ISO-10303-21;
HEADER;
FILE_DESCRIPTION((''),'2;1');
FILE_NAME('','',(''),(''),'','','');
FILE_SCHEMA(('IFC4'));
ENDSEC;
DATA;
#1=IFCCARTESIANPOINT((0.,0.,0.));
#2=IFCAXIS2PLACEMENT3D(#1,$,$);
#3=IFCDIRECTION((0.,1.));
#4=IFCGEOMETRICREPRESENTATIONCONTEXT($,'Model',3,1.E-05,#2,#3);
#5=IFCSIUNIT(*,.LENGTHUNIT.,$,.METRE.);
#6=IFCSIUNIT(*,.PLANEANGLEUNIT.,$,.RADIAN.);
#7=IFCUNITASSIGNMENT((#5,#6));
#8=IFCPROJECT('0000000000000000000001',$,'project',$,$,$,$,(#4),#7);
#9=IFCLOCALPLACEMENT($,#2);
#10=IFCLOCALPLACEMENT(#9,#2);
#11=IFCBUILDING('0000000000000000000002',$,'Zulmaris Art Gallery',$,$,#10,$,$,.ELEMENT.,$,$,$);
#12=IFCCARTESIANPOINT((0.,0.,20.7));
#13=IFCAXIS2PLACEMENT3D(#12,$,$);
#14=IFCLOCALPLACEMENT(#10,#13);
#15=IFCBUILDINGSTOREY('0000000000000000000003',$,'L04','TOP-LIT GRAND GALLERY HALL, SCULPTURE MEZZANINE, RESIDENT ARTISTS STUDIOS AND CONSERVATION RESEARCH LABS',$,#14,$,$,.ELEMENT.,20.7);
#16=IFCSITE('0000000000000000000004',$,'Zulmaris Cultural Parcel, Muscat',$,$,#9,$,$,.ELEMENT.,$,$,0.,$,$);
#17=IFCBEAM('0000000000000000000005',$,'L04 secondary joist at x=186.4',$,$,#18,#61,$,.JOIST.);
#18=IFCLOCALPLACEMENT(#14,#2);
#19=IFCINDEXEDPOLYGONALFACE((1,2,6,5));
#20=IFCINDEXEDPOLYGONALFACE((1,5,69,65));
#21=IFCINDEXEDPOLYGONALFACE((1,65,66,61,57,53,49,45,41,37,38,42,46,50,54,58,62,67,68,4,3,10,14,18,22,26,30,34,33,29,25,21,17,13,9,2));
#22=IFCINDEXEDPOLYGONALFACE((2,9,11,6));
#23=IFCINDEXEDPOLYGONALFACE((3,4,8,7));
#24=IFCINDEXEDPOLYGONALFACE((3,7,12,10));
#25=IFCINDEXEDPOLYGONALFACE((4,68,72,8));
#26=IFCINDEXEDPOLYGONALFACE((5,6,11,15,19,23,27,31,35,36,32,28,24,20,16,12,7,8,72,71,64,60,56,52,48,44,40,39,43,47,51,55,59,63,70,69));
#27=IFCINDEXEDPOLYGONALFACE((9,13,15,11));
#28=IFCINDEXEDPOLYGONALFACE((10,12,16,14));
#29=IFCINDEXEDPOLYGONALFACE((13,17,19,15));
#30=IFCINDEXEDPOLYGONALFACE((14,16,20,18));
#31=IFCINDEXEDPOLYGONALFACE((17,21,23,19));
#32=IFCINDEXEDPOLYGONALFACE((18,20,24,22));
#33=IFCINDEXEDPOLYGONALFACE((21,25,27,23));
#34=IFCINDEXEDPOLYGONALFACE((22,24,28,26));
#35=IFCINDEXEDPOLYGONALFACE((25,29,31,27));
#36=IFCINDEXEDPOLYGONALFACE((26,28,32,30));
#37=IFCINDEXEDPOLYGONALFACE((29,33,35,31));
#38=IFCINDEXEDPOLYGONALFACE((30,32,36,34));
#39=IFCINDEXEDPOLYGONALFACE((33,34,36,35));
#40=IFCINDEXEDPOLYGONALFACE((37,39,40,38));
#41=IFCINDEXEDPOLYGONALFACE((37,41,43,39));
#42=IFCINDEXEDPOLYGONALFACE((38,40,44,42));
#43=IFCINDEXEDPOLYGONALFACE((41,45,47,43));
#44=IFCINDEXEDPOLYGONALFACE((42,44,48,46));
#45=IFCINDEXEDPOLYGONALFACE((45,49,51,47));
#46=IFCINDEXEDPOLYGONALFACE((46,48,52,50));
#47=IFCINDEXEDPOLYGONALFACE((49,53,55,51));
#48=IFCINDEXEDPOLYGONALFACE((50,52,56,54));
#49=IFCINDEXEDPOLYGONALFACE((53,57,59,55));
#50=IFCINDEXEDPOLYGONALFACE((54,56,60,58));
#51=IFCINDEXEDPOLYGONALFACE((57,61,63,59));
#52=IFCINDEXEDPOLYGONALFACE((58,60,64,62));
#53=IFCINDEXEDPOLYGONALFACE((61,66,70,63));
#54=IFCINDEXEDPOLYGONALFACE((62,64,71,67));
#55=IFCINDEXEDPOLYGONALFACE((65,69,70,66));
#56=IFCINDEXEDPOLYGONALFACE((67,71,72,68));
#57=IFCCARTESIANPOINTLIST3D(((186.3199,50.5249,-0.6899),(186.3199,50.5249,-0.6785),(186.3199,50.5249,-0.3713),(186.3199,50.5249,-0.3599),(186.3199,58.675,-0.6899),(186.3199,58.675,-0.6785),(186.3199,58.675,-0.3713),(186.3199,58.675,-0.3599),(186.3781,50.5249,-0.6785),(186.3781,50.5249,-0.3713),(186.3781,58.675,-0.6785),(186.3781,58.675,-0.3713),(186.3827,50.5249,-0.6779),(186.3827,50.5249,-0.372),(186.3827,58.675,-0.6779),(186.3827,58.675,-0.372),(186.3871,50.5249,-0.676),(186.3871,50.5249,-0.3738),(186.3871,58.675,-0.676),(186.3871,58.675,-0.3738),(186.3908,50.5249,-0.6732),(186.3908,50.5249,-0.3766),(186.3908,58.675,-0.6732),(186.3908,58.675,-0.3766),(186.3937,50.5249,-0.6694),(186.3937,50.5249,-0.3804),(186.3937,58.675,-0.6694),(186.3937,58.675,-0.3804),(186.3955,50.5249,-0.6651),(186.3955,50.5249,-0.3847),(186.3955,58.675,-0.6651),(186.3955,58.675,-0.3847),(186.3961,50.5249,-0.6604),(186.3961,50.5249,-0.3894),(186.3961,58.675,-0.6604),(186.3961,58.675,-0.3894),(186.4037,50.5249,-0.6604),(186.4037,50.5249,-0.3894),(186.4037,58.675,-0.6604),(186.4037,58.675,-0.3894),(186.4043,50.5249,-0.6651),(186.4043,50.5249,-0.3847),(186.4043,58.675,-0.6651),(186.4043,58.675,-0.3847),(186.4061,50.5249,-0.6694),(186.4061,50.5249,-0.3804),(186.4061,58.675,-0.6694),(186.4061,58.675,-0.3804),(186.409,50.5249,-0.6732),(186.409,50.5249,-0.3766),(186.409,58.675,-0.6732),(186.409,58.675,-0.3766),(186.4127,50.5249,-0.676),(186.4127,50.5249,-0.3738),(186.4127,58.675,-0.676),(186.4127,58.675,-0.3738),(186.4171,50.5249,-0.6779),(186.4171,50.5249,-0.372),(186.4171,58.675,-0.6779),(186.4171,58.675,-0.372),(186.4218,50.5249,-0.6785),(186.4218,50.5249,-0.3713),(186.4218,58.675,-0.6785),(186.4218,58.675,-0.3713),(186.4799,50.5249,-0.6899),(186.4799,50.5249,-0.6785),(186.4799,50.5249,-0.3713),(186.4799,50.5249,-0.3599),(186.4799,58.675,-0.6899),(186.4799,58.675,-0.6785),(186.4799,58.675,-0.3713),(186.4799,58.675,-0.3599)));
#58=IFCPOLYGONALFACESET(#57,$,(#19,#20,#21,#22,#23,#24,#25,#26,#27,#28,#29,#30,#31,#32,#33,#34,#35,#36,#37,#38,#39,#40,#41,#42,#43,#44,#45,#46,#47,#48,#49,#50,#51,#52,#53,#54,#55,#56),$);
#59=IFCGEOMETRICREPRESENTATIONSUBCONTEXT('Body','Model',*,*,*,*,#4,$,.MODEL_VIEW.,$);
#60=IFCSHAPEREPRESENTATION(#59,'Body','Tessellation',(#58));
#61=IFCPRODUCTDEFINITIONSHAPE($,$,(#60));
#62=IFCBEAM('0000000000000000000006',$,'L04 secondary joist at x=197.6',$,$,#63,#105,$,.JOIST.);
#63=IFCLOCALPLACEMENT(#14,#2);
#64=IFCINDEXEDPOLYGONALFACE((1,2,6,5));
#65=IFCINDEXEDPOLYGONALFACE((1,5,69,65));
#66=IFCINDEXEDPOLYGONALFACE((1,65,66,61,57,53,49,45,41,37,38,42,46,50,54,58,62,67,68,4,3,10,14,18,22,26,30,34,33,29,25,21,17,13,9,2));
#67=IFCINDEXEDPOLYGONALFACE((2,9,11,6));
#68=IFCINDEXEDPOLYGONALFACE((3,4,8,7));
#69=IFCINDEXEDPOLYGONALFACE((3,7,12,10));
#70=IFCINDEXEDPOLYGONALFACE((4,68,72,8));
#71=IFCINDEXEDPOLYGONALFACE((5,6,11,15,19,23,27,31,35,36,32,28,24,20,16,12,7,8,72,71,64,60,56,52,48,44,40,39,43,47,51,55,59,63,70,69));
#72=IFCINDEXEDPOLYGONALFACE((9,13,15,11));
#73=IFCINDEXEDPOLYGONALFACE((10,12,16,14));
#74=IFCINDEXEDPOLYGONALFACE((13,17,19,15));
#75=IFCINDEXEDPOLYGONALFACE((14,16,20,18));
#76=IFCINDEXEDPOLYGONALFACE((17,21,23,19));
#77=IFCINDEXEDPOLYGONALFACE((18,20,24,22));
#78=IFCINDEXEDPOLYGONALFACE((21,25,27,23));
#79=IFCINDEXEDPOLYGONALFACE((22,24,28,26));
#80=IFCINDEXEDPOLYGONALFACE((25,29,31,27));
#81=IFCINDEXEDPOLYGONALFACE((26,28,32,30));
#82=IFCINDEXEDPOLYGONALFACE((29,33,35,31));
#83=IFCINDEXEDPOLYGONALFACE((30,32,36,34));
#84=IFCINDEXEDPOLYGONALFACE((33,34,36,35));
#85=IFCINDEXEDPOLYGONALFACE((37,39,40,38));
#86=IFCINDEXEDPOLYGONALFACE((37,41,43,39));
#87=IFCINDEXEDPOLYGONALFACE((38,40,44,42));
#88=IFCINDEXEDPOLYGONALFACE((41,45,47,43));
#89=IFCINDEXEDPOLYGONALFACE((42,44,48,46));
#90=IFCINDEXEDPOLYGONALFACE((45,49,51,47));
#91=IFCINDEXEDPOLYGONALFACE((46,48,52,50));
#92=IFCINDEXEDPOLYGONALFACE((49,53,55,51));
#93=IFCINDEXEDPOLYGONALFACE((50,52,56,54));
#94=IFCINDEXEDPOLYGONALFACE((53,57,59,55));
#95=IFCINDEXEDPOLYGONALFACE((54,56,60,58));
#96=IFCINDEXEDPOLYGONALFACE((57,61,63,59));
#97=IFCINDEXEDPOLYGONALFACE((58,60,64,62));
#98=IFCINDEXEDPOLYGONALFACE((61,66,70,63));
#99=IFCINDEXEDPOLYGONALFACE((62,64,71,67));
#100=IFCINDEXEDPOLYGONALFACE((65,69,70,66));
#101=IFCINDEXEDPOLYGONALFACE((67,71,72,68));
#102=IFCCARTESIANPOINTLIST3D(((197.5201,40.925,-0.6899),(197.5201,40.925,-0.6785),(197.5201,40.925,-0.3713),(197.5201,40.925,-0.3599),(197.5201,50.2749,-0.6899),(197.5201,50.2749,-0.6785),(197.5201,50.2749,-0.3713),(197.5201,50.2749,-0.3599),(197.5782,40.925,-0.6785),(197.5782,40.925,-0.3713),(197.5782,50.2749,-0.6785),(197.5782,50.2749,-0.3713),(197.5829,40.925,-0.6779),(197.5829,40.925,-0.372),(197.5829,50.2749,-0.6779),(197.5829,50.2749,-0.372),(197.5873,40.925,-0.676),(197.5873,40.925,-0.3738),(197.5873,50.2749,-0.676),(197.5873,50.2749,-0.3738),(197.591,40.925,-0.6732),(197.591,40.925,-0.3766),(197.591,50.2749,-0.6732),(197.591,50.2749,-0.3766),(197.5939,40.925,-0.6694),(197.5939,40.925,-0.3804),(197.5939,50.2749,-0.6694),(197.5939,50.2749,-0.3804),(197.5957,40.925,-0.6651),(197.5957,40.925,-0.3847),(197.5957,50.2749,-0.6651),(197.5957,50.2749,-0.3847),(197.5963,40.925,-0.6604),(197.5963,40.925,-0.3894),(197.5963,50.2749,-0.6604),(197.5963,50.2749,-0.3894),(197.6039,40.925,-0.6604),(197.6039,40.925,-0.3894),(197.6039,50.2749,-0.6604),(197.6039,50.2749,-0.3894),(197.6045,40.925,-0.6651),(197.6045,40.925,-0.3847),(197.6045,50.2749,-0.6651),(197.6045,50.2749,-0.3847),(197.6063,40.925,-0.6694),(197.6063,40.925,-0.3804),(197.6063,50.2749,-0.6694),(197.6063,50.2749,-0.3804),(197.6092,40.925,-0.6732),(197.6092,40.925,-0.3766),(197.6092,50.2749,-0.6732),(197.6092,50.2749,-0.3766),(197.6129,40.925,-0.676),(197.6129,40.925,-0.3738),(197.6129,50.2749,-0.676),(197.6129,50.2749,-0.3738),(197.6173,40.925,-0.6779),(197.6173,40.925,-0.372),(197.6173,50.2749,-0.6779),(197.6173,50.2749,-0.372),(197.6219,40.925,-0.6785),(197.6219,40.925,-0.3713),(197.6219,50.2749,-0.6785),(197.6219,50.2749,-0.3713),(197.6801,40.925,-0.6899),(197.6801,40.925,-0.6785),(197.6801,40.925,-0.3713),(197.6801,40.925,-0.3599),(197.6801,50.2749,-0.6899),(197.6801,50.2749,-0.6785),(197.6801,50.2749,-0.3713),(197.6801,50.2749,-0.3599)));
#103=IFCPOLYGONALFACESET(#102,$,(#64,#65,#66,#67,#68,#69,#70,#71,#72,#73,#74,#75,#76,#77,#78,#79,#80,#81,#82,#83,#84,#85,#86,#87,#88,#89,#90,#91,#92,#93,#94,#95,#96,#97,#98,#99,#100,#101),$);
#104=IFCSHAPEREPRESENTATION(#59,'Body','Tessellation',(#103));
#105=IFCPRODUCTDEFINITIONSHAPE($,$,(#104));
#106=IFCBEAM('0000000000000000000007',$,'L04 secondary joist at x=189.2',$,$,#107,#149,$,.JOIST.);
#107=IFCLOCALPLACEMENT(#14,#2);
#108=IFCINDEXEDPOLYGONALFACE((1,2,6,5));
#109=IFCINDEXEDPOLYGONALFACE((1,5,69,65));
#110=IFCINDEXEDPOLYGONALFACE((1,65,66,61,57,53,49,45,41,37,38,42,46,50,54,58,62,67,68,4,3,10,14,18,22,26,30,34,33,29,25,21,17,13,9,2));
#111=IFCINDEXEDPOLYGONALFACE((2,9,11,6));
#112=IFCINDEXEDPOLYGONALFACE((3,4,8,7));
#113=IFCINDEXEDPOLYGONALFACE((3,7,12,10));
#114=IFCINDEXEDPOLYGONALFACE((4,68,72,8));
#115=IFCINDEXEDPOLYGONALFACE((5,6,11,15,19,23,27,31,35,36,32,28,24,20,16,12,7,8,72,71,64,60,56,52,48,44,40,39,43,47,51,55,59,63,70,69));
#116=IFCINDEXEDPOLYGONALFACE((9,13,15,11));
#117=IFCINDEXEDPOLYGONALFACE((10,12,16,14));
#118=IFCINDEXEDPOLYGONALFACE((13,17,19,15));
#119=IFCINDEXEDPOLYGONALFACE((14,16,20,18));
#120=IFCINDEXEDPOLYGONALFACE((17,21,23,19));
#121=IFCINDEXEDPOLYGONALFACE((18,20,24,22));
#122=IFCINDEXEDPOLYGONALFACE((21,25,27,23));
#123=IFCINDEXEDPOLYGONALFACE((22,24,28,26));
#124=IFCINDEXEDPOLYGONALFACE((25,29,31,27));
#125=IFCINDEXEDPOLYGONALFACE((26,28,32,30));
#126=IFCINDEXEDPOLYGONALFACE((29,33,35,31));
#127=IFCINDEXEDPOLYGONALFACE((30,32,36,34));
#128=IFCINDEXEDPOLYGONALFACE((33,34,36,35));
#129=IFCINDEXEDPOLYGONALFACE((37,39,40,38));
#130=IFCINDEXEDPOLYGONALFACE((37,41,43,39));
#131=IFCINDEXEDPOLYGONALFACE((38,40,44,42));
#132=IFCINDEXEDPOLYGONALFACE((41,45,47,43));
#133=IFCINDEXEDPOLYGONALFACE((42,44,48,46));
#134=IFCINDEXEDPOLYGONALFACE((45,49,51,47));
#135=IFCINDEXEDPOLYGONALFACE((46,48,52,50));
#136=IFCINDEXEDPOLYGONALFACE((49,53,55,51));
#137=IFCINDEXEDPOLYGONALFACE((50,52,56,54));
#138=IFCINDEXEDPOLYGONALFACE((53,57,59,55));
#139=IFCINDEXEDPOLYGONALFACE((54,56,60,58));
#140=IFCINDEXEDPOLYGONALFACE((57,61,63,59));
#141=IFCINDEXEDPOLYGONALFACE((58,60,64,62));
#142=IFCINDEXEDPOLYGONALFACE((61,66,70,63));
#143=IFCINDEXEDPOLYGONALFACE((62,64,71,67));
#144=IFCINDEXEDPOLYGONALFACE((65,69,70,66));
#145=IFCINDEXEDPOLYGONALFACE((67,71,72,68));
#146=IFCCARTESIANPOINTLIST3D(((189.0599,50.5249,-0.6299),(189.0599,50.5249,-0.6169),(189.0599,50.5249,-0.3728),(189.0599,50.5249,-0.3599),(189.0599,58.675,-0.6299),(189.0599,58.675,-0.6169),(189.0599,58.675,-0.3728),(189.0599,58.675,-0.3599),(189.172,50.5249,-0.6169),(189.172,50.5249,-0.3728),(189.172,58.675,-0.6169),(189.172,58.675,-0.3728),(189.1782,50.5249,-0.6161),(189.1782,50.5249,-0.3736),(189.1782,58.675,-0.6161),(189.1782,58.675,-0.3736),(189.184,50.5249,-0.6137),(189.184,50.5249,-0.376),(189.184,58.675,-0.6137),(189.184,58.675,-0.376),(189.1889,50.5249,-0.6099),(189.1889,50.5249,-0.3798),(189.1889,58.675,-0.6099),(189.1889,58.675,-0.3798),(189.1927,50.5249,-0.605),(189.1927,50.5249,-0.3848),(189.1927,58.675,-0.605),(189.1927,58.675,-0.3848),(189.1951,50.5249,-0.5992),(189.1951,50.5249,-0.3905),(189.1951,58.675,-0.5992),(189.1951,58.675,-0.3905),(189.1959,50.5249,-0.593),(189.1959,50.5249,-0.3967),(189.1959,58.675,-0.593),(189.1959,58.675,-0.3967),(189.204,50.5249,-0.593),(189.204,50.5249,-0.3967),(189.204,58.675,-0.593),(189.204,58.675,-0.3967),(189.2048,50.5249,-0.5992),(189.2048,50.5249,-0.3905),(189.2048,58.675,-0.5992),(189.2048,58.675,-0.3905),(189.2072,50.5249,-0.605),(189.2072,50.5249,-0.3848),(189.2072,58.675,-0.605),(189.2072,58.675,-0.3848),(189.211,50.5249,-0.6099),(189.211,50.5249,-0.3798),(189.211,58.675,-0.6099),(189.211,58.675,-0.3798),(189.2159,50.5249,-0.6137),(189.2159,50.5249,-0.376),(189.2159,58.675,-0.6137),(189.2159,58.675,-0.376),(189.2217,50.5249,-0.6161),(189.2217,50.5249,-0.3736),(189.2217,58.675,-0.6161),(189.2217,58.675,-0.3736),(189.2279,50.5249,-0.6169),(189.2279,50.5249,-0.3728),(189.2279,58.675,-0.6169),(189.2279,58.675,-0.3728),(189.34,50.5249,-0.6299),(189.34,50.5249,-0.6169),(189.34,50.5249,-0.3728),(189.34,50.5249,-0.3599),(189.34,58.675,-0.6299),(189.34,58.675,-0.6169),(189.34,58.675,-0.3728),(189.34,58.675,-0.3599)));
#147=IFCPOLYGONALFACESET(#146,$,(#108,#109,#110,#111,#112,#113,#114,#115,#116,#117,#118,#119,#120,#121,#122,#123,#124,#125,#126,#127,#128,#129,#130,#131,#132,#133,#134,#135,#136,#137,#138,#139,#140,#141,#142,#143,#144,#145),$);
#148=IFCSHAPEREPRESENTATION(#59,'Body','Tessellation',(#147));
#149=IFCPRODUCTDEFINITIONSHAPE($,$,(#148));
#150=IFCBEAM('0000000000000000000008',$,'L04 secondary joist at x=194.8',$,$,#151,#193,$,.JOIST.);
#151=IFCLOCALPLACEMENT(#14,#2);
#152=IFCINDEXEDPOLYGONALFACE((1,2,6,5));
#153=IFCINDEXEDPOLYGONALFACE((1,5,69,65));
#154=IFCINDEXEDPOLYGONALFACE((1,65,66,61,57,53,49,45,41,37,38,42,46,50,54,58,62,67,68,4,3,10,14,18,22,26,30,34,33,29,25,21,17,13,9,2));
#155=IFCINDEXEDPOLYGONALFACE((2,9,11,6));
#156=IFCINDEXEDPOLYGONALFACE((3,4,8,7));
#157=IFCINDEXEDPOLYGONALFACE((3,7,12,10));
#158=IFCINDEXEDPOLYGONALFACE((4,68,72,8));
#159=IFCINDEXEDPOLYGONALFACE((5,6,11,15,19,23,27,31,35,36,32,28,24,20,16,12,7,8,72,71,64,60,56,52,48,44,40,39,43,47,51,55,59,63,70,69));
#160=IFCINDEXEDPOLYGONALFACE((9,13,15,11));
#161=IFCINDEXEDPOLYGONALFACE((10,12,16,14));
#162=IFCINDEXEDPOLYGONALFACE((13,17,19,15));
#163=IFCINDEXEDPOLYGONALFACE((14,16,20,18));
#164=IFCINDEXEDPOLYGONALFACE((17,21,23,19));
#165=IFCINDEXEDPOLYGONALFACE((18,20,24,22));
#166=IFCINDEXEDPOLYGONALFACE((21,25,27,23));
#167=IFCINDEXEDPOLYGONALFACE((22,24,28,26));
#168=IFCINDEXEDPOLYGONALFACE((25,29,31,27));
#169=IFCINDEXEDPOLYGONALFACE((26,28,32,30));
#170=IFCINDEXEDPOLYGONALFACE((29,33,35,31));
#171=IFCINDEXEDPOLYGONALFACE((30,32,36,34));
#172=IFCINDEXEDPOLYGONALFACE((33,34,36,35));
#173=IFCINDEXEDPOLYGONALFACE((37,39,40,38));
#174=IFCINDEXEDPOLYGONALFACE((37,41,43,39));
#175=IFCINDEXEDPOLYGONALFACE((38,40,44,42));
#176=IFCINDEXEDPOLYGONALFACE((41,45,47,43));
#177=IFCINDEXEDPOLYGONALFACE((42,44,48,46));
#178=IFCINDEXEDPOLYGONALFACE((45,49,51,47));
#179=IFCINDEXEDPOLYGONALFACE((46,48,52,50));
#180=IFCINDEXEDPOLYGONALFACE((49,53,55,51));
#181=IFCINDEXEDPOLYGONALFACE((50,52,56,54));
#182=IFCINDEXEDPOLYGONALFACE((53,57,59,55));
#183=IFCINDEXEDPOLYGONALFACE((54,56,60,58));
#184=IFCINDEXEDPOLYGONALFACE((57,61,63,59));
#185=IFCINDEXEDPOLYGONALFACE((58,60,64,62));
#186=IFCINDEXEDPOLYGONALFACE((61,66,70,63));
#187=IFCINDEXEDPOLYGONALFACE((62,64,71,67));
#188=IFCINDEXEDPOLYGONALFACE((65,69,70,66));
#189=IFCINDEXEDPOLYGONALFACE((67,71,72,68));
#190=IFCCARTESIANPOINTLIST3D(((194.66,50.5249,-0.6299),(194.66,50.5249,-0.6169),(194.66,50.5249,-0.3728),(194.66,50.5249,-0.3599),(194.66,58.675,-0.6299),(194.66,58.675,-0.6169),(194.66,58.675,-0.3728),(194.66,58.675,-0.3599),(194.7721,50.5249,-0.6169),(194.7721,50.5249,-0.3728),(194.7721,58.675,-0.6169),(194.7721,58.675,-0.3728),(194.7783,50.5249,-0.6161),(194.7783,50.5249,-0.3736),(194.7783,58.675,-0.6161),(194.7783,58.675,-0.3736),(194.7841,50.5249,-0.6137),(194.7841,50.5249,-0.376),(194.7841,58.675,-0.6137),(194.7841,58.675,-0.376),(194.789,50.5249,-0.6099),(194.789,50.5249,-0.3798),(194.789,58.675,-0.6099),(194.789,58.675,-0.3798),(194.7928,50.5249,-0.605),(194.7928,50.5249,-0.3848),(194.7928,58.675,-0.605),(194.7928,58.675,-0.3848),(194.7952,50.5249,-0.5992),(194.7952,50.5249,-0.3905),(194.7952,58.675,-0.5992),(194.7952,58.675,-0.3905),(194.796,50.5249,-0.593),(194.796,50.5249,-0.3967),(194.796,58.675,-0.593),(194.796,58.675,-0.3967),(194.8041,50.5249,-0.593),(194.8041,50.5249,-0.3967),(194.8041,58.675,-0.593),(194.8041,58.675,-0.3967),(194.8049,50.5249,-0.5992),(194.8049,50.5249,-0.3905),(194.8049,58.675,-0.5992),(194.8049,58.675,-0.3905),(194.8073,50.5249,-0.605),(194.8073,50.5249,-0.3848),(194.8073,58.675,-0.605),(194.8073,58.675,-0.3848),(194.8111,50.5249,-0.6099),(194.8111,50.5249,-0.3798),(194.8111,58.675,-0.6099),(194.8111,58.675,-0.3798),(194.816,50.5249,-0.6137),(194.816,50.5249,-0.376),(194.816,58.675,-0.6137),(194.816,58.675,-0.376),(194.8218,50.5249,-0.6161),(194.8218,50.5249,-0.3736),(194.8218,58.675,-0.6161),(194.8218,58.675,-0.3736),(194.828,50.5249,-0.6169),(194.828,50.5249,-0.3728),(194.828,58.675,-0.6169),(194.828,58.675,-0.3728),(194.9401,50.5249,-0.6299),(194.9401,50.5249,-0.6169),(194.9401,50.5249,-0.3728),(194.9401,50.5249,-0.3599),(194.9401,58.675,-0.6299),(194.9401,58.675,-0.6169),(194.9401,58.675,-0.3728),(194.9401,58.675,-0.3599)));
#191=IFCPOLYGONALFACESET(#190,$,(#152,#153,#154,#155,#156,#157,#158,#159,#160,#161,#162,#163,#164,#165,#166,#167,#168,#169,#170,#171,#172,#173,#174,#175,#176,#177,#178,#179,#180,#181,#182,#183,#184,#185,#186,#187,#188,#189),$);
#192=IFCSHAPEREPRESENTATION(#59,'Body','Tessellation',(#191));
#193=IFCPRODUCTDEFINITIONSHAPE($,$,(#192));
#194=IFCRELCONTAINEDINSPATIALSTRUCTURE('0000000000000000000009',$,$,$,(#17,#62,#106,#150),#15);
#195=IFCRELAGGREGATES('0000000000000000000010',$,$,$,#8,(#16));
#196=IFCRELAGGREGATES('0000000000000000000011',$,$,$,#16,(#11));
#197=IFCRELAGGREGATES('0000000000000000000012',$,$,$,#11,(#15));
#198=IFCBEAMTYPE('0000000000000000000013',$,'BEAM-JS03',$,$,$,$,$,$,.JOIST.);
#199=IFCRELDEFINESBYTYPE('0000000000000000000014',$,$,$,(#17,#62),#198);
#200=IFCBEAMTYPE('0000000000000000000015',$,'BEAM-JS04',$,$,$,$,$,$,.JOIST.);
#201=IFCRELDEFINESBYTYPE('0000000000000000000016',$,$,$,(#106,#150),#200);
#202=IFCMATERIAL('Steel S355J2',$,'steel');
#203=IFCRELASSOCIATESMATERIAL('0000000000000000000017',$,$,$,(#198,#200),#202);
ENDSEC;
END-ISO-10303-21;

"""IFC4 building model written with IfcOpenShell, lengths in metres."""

from ifc_helpers import new_model, si_unit, direction, frame, origin, origin_2d, place, context, subcontext, project, spatial, i_section, extrude, material, material_profile, profile_set, type_object, element, save


model = new_model("IFC4")

# Units and contexts
model_context = context("Model", 3, precision=1e-05, world=origin(), true_north=direction((0.0, 1.0)))
body_context = subcontext(model_context, "Body", "Model", "MODEL_VIEW")
ifc_project = project(units=[si_unit("LENGTHUNIT", "METRE"), si_unit("PLANEANGLEUNIT", "RADIAN")], contexts=[model_context])

# Site, building, storey
site_placement = place(None, origin())
site = spatial("IfcSite", under=ifc_project, at=site_placement, Name="Zulmaris Cultural Parcel, Muscat", CompositionType="ELEMENT", RefElevation=0.0)
building_placement = place(site_placement, origin())
building = spatial("IfcBuilding", under=site, at=building_placement, Name="Zulmaris Art Gallery", CompositionType="ELEMENT")
storey_placement = place(building_placement, frame((0.0, 0.0, 20.7)))
storey = spatial("IfcBuildingStorey", under=building, at=storey_placement, Name="L04", Description="TOP-LIT GRAND GALLERY HALL, SCULPTURE MEZZANINE, RESIDENT ARTISTS STUDIOS AND CONSERVATION RESEARCH LABS", CompositionType="ELEMENT", Elevation=20.7)

# Beams
ifc_material_1 = material(Name="Steel S355J2", Category="steel")
ifc_material_profile_1 = material_profile(ifc_material_1, i_section(OverallWidth=0.1599, OverallDepth=0.3301, WebThickness=0.0076, FlangeThickness=0.0115, FilletRadius=0.0181, at=origin_2d()), Name="IPE 330")
ifc_profile_set_1 = profile_set([ifc_material_profile_1], Name="Steel S355J2")
beam_type_1 = type_object("IfcBeamType", Name="BEAM-JS03", PredefinedType="JOIST", material=ifc_profile_set_1)
beam_1_placement = place(storey_placement, frame((186.3999, 50.5249, -0.5249), z_axis=(0.0, 1.0, 0.0), x_axis=(-1.0, 0.0, 0.0)))
element("IfcBeam", 1, at=beam_1_placement, inside=storey, type_object=beam_type_1, Name="L04 secondary joist at x=186.4", PredefinedType="JOIST", context=body_context, shape_type="SweptSolid", body=[
    extrude(i_section(OverallWidth=0.1599, OverallDepth=0.3301, WebThickness=0.0076, FlangeThickness=0.0115, FilletRadius=0.0181, at=origin_2d()), origin(), (0.0, 0.0, 1.0), 8.1501),
])
beam_2_placement = place(storey_placement, frame((197.6001, 40.925, -0.5249), z_axis=(0.0, 1.0, 0.0), x_axis=(-1.0, 0.0, 0.0)))
element("IfcBeam", 2, at=beam_2_placement, inside=storey, type_object=beam_type_1, Name="L04 secondary joist at x=197.6", PredefinedType="JOIST", context=body_context, shape_type="SweptSolid", body=[
    extrude(i_section(OverallWidth=0.1599, OverallDepth=0.3301, WebThickness=0.0076, FlangeThickness=0.0115, FilletRadius=0.0181, at=origin_2d()), origin(), (0.0, 0.0, 1.0), 9.3499),
])
ifc_material_profile_2 = material_profile(ifc_material_1, i_section(OverallWidth=0.28, OverallDepth=0.27, WebThickness=0.0081, FlangeThickness=0.0129, FilletRadius=0.0239, at=origin_2d()), Name="HEA 280")
ifc_profile_set_2 = profile_set([ifc_material_profile_2], Name="Steel S355J2")
beam_type_2 = type_object("IfcBeamType", Name="BEAM-JS04", PredefinedType="JOIST", material=ifc_profile_set_2)
for number, where, z_axis, x_axis, name in (
    (3, (189.2, 50.5249, -0.4949), (0.0, 1.0, 0.0), (-1.0, 0.0, 0.0), "L04 secondary joist at x=189.2"),
    (4, (194.8, 50.5249, -0.4949), (0.0, 1.0, 0.0), (-1.0, 0.0, 0.0), "L04 secondary joist at x=194.8"),
):
    element("IfcBeam", number, at=place(storey_placement, frame(where, z_axis=z_axis, x_axis=x_axis)), inside=storey, type_object=beam_type_2, Name=name, PredefinedType="JOIST", context=body_context, shape_type="SweptSolid", body=[
        extrude(i_section(OverallWidth=0.28, OverallDepth=0.27, WebThickness=0.0081, FlangeThickness=0.0129, FilletRadius=0.0239, at=origin_2d()), origin(), (0.0, 0.0, 1.0), 8.1501),
    ])

save(model, "model.ifc")
